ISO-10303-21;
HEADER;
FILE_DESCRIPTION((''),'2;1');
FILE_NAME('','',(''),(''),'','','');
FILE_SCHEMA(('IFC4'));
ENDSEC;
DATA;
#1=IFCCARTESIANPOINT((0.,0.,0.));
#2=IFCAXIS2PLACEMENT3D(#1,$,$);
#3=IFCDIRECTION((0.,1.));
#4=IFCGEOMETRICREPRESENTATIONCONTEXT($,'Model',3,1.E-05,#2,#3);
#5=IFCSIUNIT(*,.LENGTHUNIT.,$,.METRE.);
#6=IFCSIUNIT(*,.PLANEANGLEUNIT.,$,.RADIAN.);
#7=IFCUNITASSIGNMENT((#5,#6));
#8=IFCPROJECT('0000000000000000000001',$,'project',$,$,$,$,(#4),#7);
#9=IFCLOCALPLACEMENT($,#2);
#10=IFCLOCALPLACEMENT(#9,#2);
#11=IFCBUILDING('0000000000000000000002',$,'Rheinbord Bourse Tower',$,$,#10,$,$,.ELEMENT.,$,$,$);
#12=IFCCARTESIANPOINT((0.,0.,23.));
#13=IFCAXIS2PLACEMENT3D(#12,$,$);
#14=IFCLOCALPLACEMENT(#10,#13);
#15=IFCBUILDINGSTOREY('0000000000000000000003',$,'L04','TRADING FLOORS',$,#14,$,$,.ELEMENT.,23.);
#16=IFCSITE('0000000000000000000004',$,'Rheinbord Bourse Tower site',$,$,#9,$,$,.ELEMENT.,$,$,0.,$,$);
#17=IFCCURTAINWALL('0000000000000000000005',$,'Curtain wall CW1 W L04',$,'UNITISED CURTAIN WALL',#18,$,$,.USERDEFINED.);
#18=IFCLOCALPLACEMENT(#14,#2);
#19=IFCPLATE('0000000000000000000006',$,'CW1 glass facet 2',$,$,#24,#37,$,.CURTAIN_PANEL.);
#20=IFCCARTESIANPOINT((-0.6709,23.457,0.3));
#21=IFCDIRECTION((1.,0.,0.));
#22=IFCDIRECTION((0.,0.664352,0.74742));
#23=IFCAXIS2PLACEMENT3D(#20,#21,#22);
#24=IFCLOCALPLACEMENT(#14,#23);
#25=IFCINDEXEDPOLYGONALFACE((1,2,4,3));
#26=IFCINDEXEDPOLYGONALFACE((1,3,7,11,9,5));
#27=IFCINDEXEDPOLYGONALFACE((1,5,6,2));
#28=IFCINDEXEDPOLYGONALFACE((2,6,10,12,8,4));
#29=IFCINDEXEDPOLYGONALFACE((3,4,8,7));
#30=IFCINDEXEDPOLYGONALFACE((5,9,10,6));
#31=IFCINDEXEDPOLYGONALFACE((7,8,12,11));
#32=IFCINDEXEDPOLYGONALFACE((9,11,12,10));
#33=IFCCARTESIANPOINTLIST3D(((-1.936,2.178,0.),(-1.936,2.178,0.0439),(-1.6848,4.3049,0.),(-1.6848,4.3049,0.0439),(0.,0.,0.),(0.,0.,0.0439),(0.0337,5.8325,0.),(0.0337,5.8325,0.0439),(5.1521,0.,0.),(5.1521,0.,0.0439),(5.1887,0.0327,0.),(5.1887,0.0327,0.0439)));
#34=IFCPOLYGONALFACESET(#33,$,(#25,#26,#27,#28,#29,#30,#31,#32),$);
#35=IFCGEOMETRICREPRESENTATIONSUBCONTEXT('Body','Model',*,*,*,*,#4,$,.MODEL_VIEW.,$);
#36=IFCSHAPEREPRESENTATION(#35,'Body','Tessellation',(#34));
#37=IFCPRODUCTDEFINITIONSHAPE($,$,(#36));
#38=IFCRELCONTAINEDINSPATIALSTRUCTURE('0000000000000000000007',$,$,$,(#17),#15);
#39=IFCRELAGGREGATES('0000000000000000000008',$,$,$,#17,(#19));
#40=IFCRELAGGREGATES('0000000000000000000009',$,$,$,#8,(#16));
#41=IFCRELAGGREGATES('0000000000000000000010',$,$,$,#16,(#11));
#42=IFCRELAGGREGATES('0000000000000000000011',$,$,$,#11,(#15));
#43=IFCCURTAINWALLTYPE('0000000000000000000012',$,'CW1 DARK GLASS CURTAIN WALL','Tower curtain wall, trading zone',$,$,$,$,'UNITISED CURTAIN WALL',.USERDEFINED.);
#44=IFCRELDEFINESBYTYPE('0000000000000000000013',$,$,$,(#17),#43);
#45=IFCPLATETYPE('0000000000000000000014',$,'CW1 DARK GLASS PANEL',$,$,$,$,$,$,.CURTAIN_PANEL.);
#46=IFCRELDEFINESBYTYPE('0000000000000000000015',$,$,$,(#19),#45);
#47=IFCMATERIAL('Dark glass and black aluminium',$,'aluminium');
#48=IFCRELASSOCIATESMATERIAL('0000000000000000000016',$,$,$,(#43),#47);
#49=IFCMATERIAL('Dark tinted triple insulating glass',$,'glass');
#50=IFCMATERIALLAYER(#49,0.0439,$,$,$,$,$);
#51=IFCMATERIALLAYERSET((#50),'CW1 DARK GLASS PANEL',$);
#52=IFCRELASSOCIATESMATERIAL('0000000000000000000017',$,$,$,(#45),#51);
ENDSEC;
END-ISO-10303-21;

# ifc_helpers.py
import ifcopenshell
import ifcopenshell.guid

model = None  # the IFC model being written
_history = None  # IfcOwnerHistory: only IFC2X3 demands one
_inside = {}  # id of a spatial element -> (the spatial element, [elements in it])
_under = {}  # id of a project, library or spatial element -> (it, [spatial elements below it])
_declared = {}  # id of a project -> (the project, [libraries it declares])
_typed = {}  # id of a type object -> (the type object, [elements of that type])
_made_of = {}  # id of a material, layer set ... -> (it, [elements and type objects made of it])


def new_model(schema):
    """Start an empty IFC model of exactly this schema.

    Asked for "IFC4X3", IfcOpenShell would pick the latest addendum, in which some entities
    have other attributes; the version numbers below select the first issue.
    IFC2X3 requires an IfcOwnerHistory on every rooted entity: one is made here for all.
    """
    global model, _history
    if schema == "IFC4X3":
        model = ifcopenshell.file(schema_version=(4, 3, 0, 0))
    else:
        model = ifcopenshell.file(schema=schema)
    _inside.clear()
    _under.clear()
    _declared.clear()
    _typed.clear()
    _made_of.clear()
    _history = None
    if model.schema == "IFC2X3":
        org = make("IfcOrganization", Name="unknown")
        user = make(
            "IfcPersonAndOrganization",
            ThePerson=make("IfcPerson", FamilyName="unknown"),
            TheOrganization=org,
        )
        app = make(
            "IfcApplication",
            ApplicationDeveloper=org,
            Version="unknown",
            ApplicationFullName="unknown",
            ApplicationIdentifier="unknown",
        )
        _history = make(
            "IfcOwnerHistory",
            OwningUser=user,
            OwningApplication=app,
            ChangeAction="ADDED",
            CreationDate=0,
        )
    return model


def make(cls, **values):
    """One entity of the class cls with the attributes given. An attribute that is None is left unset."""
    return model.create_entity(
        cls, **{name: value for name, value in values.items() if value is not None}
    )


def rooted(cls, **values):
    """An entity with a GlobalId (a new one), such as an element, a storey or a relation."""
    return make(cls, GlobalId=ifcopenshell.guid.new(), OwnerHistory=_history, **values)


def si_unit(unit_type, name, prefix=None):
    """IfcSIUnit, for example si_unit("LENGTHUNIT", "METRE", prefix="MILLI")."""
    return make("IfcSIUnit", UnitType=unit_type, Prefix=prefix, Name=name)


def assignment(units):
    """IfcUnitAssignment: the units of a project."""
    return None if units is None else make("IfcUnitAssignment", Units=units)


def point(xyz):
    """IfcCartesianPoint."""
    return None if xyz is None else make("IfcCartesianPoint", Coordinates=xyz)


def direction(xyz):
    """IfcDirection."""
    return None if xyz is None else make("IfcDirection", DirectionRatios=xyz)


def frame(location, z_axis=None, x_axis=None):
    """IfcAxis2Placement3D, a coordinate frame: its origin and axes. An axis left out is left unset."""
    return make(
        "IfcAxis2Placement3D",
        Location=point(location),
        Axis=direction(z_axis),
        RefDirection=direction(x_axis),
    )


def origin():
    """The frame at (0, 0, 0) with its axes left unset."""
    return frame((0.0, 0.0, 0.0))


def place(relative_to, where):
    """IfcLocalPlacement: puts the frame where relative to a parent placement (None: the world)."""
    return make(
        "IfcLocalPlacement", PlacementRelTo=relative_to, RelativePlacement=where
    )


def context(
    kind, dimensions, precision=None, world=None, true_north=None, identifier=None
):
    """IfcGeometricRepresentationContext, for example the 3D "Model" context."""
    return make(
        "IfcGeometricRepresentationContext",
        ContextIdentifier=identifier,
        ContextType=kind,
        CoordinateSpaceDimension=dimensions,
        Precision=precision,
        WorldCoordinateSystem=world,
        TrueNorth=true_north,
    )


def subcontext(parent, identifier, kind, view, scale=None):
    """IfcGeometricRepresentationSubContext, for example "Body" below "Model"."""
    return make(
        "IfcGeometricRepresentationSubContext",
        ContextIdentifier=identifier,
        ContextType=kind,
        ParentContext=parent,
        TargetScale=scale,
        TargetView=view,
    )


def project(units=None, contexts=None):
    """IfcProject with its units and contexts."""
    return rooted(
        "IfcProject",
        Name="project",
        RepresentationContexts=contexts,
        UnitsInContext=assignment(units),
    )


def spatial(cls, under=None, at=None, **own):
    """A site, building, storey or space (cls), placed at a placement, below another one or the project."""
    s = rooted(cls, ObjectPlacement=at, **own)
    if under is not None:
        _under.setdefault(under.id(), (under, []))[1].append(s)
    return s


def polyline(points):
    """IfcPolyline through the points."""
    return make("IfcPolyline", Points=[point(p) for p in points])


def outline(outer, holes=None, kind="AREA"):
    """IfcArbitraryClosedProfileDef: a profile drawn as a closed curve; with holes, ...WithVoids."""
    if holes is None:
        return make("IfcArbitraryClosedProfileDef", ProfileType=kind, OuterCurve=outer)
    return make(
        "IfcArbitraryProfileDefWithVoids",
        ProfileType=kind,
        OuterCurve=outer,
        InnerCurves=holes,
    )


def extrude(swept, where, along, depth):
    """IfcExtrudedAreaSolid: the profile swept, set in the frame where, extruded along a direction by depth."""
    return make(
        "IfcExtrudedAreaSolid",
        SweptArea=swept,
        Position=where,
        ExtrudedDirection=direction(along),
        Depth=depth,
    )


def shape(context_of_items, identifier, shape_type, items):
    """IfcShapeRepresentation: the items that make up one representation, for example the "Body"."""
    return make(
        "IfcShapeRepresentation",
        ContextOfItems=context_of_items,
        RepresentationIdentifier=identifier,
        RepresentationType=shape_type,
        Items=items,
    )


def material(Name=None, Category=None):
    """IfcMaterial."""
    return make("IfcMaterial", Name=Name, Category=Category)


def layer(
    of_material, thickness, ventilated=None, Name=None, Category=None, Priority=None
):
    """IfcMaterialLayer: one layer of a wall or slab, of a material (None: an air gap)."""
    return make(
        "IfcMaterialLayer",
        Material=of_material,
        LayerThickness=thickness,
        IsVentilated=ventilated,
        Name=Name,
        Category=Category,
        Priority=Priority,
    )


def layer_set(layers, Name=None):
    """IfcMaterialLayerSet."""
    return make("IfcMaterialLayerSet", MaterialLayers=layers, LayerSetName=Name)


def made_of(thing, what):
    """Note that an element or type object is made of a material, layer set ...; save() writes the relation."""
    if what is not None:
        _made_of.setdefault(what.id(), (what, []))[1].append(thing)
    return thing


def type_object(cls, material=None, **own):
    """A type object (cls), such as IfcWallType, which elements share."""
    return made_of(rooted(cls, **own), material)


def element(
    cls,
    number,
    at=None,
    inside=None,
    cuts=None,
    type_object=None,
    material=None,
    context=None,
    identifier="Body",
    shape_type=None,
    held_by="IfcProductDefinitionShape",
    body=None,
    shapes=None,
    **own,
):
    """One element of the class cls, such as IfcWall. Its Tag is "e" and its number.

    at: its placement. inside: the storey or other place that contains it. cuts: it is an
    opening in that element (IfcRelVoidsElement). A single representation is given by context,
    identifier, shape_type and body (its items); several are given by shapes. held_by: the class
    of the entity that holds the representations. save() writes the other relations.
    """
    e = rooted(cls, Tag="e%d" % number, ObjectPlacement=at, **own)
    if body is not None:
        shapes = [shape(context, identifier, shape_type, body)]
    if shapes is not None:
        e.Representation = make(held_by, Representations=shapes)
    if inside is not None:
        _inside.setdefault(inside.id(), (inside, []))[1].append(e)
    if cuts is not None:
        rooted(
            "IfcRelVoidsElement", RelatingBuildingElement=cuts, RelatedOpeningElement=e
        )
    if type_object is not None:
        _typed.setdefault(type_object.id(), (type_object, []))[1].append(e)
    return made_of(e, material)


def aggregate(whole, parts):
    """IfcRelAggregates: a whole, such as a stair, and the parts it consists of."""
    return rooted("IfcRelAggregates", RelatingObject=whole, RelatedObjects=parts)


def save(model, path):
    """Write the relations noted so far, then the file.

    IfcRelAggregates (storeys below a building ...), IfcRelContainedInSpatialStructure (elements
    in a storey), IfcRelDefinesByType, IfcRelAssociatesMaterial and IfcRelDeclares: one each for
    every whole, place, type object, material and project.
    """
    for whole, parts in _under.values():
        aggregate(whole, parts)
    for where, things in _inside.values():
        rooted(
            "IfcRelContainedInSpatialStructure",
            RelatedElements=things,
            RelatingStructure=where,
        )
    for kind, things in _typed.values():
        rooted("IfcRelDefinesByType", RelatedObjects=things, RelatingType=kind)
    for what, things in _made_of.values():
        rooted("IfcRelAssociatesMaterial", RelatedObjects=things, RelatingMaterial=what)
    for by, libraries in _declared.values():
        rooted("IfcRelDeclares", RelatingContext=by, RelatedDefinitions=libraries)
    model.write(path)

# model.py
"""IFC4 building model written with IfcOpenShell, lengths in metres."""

from ifc_helpers import new_model, si_unit, direction, frame, origin, place, context, subcontext, project, spatial, polyline, outline, extrude, material, layer, layer_set, type_object, element, aggregate, save


model = new_model("IFC4")

# Units and contexts
model_context = context("Model", 3, precision=1e-05, world=origin(), true_north=direction((0.0, 1.0)))
body_context = subcontext(model_context, "Body", "Model", "MODEL_VIEW")
ifc_project = project(units=[si_unit("LENGTHUNIT", "METRE"), si_unit("PLANEANGLEUNIT", "RADIAN")], contexts=[model_context])

# Site, building, storey
site_placement = place(None, origin())
site = spatial("IfcSite", under=ifc_project, at=site_placement, Name="Rheinbord Bourse Tower site", CompositionType="ELEMENT", RefElevation=0.0)
building_placement = place(site_placement, origin())
building = spatial("IfcBuilding", under=site, at=building_placement, Name="Rheinbord Bourse Tower", CompositionType="ELEMENT")
storey_placement = place(building_placement, frame((0.0, 0.0, 23.0)))
storey = spatial("IfcBuildingStorey", under=building, at=storey_placement, Name="L04", Description="TRADING FLOORS", CompositionType="ELEMENT", Elevation=23.0)

# Curtain wall
ifc_material_1 = material(Name="Dark glass and black aluminium", Category="aluminium")
curtain_wall_type = type_object("IfcCurtainWallType", Name="CW1 DARK GLASS CURTAIN WALL", Description="Tower curtain wall, trading zone", ElementType="UNITISED CURTAIN WALL", PredefinedType="USERDEFINED", material=ifc_material_1)
curtain_wall_placement = place(storey_placement, origin())
curtain_wall = element("IfcCurtainWall", 1, at=curtain_wall_placement, inside=storey, type_object=curtain_wall_type, Name="Curtain wall CW1 W L04", ObjectType="UNITISED CURTAIN WALL", PredefinedType="USERDEFINED")

# Plate
ifc_material_2 = material(Name="Dark tinted triple insulating glass", Category="glass")
ifc_layer_1 = layer(ifc_material_2, 0.0439)
ifc_layer_set_1 = layer_set([ifc_layer_1], Name="CW1 DARK GLASS PANEL")
plate_type = type_object("IfcPlateType", Name="CW1 DARK GLASS PANEL", PredefinedType="CURTAIN_PANEL", material=ifc_layer_set_1)
plate_1_placement = place(storey_placement, frame((-0.6709, 23.457, 0.3), z_axis=(1.0, 0.0, 0.0), x_axis=(0.0, 0.664352, 0.74742)))
plate_1 = element("IfcPlate", 2, at=plate_1_placement, type_object=plate_type, Name="CW1 glass facet 2", PredefinedType="CURTAIN_PANEL", context=body_context, shape_type="SweptSolid", body=[
    extrude(outline(polyline([(0.0, 0.0), (5.1521, 0.0), (5.1887, 0.0327), (0.0337, 5.8325), (-1.6848, 4.3049), (-1.936, 2.178), (0.0, 0.0)])), origin(), (0.0, 0.0, 1.0), 0.0439),
])
aggregate(curtain_wall, [plate_1])

save(model, "model.ifc")
